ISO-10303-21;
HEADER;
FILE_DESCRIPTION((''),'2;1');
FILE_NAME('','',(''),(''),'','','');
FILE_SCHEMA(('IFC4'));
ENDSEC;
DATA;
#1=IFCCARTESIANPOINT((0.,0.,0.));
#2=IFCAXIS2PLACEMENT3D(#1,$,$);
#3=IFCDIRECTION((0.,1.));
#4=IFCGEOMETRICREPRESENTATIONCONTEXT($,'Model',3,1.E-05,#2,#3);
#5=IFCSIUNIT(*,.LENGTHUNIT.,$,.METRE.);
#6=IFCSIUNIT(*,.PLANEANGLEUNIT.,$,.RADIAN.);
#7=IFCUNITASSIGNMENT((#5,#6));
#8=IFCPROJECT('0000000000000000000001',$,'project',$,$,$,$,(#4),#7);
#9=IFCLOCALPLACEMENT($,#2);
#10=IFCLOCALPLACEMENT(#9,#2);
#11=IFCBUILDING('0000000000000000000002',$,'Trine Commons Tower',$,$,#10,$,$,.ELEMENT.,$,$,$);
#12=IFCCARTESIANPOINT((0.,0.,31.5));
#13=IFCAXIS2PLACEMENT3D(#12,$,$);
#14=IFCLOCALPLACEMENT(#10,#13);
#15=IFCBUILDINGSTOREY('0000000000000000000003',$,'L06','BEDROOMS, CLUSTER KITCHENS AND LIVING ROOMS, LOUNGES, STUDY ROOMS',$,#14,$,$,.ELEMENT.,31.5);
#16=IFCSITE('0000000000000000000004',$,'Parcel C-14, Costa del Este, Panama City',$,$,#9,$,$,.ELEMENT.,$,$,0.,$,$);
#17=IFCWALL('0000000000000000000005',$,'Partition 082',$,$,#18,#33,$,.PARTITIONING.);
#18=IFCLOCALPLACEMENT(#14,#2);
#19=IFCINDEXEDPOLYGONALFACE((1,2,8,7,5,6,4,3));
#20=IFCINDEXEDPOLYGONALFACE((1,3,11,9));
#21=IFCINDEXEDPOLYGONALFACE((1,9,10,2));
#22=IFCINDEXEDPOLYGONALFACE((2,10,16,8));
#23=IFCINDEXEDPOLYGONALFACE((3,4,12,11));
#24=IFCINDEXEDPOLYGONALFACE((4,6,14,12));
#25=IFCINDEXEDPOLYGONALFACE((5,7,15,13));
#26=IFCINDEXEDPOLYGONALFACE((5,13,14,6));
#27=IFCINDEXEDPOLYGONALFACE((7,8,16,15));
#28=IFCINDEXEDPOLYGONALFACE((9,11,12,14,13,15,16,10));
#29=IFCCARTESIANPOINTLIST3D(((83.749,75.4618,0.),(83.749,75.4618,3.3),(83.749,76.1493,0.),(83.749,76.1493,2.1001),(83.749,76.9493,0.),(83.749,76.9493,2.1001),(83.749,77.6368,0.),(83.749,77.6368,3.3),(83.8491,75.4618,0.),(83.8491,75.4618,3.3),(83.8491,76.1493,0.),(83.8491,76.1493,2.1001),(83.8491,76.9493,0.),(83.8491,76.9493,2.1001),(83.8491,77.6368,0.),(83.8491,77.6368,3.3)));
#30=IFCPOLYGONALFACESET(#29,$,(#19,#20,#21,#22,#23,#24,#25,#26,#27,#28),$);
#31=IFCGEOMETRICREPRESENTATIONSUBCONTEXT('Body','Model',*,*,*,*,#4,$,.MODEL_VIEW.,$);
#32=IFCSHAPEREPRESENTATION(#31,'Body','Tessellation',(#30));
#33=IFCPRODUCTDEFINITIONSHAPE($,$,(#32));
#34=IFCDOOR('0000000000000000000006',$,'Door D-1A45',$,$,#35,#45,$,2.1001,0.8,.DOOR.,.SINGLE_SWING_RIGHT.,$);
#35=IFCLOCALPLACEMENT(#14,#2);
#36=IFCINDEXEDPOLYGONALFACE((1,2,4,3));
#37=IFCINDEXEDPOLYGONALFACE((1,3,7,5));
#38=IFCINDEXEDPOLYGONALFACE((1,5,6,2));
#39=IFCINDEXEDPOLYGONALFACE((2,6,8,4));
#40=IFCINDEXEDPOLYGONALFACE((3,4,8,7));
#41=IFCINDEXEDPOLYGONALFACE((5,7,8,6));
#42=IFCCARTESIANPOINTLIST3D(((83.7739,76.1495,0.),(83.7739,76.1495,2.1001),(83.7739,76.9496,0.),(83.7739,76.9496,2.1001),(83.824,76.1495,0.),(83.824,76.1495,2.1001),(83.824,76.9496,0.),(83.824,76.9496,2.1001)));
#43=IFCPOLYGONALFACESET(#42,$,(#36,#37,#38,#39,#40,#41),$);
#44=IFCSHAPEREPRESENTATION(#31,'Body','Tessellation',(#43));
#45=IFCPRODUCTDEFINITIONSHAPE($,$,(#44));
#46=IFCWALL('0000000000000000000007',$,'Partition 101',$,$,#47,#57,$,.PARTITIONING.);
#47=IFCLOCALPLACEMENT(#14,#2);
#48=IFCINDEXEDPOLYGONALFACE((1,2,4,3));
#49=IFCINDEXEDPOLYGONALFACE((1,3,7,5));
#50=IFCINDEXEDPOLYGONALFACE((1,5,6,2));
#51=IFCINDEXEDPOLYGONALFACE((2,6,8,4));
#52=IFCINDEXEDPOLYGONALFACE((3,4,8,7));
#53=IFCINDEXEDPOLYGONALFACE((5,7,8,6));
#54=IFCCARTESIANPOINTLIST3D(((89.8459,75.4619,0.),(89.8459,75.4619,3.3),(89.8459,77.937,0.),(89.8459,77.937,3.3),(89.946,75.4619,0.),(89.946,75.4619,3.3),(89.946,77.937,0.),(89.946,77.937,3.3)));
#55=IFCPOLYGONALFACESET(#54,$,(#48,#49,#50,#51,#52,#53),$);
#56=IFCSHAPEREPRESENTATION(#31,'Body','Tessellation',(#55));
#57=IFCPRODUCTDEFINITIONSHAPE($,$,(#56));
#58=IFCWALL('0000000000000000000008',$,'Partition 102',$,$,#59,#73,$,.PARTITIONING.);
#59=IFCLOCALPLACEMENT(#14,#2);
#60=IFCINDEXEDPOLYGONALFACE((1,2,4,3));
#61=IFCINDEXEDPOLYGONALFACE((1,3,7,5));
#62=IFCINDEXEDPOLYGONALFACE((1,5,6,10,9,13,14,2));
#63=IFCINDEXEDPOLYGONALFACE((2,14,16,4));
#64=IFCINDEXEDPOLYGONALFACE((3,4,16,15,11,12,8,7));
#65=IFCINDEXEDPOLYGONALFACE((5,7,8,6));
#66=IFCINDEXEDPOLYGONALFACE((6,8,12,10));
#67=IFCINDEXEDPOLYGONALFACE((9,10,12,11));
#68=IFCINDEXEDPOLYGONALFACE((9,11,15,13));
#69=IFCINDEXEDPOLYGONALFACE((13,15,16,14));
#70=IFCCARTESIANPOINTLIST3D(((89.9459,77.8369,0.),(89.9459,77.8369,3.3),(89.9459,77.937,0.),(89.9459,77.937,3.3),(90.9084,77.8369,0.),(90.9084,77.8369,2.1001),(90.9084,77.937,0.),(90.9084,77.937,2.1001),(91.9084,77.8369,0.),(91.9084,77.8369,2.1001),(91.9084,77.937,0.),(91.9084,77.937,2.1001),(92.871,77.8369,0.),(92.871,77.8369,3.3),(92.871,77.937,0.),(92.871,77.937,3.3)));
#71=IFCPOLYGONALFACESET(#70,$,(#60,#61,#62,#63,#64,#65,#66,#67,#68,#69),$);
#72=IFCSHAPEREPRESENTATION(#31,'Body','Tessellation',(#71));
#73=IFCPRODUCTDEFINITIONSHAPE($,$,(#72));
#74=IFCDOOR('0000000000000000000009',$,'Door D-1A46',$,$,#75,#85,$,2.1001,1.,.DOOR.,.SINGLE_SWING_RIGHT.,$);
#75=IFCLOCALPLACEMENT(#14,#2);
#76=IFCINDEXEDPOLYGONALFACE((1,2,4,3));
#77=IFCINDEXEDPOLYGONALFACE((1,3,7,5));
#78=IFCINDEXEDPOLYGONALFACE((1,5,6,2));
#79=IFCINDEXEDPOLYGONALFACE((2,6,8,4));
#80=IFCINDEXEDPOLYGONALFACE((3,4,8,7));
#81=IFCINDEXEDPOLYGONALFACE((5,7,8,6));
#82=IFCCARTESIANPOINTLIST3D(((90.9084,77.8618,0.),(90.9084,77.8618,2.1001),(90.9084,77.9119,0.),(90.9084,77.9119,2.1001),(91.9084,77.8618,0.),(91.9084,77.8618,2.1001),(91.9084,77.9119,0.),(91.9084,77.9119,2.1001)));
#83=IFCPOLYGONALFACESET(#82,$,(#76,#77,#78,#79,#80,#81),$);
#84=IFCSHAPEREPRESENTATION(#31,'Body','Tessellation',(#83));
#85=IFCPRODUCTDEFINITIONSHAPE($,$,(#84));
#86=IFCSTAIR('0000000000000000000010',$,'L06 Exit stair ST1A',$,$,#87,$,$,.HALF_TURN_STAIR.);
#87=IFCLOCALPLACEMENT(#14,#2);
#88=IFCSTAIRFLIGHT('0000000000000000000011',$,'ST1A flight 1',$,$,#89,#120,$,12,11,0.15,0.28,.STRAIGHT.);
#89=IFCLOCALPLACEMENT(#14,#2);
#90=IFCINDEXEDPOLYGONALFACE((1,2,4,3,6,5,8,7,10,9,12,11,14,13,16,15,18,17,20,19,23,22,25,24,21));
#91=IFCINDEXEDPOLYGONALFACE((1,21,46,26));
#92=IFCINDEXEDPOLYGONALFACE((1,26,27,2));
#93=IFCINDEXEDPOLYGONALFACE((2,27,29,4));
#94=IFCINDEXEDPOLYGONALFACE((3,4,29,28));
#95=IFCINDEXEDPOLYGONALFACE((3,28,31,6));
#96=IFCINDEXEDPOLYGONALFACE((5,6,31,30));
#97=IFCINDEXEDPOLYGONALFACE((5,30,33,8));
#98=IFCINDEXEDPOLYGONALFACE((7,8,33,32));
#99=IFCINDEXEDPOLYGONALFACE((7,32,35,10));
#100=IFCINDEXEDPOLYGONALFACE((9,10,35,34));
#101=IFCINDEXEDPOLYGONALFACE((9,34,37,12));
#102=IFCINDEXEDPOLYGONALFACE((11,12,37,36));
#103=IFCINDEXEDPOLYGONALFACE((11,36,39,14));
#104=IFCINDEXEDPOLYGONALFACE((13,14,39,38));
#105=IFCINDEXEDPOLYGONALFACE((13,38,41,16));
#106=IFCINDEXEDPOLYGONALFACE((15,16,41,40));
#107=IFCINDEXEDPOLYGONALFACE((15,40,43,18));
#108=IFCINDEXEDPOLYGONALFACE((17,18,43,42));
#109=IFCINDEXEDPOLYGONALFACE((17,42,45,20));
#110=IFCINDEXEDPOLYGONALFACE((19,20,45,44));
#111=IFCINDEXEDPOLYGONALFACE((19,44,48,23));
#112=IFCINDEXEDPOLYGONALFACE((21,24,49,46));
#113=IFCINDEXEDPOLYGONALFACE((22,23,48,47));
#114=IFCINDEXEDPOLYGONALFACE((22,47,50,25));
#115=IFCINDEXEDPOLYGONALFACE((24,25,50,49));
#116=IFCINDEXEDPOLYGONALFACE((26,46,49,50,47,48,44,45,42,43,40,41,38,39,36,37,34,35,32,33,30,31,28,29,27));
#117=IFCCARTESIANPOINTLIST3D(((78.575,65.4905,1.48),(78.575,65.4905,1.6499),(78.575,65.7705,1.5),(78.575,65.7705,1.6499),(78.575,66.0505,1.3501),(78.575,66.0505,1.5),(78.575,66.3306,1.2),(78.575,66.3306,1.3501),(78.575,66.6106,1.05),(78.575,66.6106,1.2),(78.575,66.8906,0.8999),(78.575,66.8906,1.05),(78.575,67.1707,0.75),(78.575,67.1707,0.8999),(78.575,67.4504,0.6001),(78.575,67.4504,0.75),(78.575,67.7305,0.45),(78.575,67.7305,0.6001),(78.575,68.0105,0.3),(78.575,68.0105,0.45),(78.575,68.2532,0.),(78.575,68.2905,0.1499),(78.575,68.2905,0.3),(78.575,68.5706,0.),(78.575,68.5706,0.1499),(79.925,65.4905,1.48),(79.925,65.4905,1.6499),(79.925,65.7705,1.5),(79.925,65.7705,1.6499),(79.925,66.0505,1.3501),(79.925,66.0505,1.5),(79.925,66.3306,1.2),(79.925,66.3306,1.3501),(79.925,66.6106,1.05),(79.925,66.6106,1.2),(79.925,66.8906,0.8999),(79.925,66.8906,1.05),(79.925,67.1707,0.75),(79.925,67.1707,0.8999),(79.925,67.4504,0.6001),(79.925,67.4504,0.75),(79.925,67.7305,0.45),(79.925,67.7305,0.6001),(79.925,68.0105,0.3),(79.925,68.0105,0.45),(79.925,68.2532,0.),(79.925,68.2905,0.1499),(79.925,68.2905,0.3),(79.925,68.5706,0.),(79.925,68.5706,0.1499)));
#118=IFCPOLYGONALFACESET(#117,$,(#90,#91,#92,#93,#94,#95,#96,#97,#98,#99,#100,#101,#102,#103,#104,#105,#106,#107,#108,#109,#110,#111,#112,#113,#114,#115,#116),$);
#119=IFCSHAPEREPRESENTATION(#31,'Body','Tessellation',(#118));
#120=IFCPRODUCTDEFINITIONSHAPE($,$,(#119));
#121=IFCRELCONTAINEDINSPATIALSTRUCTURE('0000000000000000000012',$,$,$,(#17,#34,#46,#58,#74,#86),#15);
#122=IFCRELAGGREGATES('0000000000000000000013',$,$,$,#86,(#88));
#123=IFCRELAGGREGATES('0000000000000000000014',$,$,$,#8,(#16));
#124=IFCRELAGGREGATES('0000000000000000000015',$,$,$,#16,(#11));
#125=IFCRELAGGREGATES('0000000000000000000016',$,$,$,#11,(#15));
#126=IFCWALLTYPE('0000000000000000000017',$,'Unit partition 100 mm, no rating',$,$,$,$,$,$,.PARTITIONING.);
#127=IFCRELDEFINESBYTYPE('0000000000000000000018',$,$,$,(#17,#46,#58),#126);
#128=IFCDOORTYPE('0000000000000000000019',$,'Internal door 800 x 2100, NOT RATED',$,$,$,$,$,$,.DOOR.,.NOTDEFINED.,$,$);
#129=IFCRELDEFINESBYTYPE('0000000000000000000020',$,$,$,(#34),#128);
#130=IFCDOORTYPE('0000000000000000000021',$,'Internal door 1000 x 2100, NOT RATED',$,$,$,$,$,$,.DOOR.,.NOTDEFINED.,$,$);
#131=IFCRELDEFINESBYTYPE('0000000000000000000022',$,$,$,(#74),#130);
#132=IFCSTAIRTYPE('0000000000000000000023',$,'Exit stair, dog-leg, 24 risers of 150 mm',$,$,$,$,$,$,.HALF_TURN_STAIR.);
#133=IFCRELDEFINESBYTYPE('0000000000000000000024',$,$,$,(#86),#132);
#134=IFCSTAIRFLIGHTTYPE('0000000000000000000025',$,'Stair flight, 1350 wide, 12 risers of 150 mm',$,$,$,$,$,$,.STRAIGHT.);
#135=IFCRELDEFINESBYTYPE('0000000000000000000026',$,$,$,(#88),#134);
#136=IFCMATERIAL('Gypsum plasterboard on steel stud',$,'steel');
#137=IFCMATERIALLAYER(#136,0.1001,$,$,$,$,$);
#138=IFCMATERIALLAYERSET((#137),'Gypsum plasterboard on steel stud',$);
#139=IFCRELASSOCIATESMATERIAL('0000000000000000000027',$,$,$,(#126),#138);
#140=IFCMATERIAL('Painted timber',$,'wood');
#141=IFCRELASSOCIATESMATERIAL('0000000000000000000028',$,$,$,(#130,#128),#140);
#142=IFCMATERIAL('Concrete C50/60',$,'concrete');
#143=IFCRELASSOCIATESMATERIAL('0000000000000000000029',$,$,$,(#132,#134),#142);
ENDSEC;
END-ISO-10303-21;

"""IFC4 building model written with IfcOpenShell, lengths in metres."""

from ifc_helpers import new_model, si_unit, direction, frame, frame_2d, origin, place, context, subcontext, project, spatial, polyline, rectangle, outline, extrude, material, layer, layer_set, type_object, element, fill, aggregate, save


model = new_model("IFC4")

# Units and contexts
model_context = context("Model", 3, precision=1e-05, world=origin(), true_north=direction((0.0, 1.0)))
body_context = subcontext(model_context, "Body", "Model", "MODEL_VIEW")
ifc_project = project(units=[si_unit("LENGTHUNIT", "METRE"), si_unit("PLANEANGLEUNIT", "RADIAN")], contexts=[model_context])

# Site, building, storey
site_placement = place(None, origin())
site = spatial("IfcSite", under=ifc_project, at=site_placement, Name="Parcel C-14, Costa del Este, Panama City", CompositionType="ELEMENT", RefElevation=0.0)
building_placement = place(site_placement, origin())
building = spatial("IfcBuilding", under=site, at=building_placement, Name="Trine Commons Tower", CompositionType="ELEMENT")
storey_placement = place(building_placement, frame((0.0, 0.0, 31.5)))
storey = spatial("IfcBuildingStorey", under=building, at=storey_placement, Name="L06", Description="BEDROOMS, CLUSTER KITCHENS AND LIVING ROOMS, LOUNGES, STUDY ROOMS", CompositionType="ELEMENT", Elevation=31.5)

# Shared definitions
ifc_material_1 = material(Name="Concrete C50/60", Category="concrete")

# Shared definitions
ifc_material_2 = material(Name="Gypsum plasterboard on steel stud", Category="steel")

# Shared definitions
ifc_material_3 = material(Name="Painted timber", Category="wood")

# Shared definitions
ifc_layer_1 = layer(ifc_material_2, 0.1001)
ifc_layer_set_1 = layer_set([ifc_layer_1], Name="Gypsum plasterboard on steel stud")
wall_type_1 = type_object("IfcWallType", Name="Unit partition 100 mm, no rating", PredefinedType="PARTITIONING", material=ifc_layer_set_1)
door_type_1 = type_object("IfcDoorType", Name="Internal door 1000 x 2100, NOT RATED", OperationType="NOTDEFINED", PredefinedType="DOOR", material=ifc_material_3)

# Wall, opening, door
wall_1_placement = place(storey_placement, frame((83.7991, 75.4619, 0.0), z_axis=(0.0, 0.0, 1.0), x_axis=(0.0, 1.0, 0.0)))
wall_1 = element("IfcWall", 1, at=wall_1_placement, inside=storey, type_object=wall_type_1, Name="Partition 082", PredefinedType="PARTITIONING", context=body_context, shape_type="SweptSolid", body=[
    extrude(rectangle(XDim=2.175, YDim=0.1001, at=frame_2d((1.0874, 0.0))), origin(), (0.0, 0.0, 1.0), 3.3),
])
opening_1_placement = place(wall_1_placement, frame((0.6875, 0.0, 0.0)))
opening_1 = element("IfcOpeningElement", 2, at=opening_1_placement, cuts=wall_1, PredefinedType="OPENING", context=body_context, shape_type="SweptSolid", body=[
    extrude(rectangle(XDim=0.8, YDim=2.1001, at=frame_2d((0.3999, 1.05))), frame((0.0, 0.0601, 0.0), z_axis=(0.0, -1.0, 0.0), x_axis=(1.0, 0.0, 0.0)), (0.0, 0.0, 1.0), 0.1201),
])
door_type_2 = type_object("IfcDoorType", Name="Internal door 800 x 2100, NOT RATED", OperationType="NOTDEFINED", PredefinedType="DOOR", material=ifc_material_3)
door_1_placement = place(opening_1_placement, frame((0.8, 0.0, 0.0), z_axis=(0.0, 0.0, 1.0), x_axis=(-1.0, 0.0, 0.0)))
door_1 = element("IfcDoor", 3, at=door_1_placement, inside=storey, type_object=door_type_2, Name="Door D-1A45", OperationType="SINGLE_SWING_RIGHT", OverallHeight=2.1001, OverallWidth=0.8, PredefinedType="DOOR", context=body_context, shape_type="SweptSolid", body=[
    extrude(rectangle(XDim=0.8, YDim=2.1001, at=frame_2d((0.3999, 1.05))), frame((0.0, 0.0249, 0.0), z_axis=(0.0, -1.0, 0.0), x_axis=(1.0, 0.0, 0.0)), (0.0, 0.0, 1.0), 0.05),
])
fill(opening_1, door_1)

# Wall
wall_2_placement = place(storey_placement, frame((89.896, 75.4619, 0.0), z_axis=(0.0, 0.0, 1.0), x_axis=(0.0, 1.0, 0.0)))
element("IfcWall", 4, at=wall_2_placement, inside=storey, type_object=wall_type_1, Name="Partition 101", PredefinedType="PARTITIONING", context=body_context, shape_type="SweptSolid", body=[
    extrude(rectangle(XDim=2.4751, YDim=0.1001, at=frame_2d((1.2375, 0.0))), origin(), (0.0, 0.0, 1.0), 3.3),
])

# Wall, opening, door
wall_3_placement = place(storey_placement, frame((89.946, 77.887, 0.0), z_axis=(0.0, 0.0, 1.0), x_axis=(1.0, 0.0, 0.0)))
wall_3 = element("IfcWall", 5, at=wall_3_placement, inside=storey, type_object=wall_type_1, Name="Partition 102", PredefinedType="PARTITIONING", context=body_context, shape_type="SweptSolid", body=[
    extrude(rectangle(XDim=2.925, YDim=0.1001, at=frame_2d((1.4624, 0.0))), origin(), (0.0, 0.0, 1.0), 3.3),
])
opening_2_placement = place(wall_3_placement, frame((0.9624, 0.0, 0.0)))
opening_2 = element("IfcOpeningElement", 6, at=opening_2_placement, cuts=wall_3, PredefinedType="OPENING", context=body_context, shape_type="SweptSolid", body=[
    extrude(rectangle(XDim=1.0, YDim=2.1001, at=frame_2d((0.5, 1.05))), frame((0.0, 0.0601, 0.0), z_axis=(0.0, -1.0, 0.0), x_axis=(1.0, 0.0, 0.0)), (0.0, 0.0, 1.0), 0.1201),
])
door_2_placement = place(opening_2_placement, origin())
door_2 = element("IfcDoor", 7, at=door_2_placement, inside=storey, type_object=door_type_1, Name="Door D-1A46", OperationType="SINGLE_SWING_RIGHT", OverallHeight=2.1001, OverallWidth=1.0, PredefinedType="DOOR", context=body_context, shape_type="SweptSolid", body=[
    extrude(rectangle(XDim=1.0, YDim=2.1001, at=frame_2d((0.5, 1.05))), frame((0.0, 0.0249, 0.0), z_axis=(0.0, -1.0, 0.0), x_axis=(1.0, 0.0, 0.0)), (0.0, 0.0, 1.0), 0.05),
])
fill(opening_2, door_2)

# Stair, stair flight
stair_type = type_object("IfcStairType", Name="Exit stair, dog-leg, 24 risers of 150 mm", PredefinedType="HALF_TURN_STAIR", material=ifc_material_1)
stair_placement = place(storey_placement, origin())
stair = element("IfcStair", 8, at=stair_placement, inside=storey, type_object=stair_type, Name="L06 Exit stair ST1A", PredefinedType="HALF_TURN_STAIR")
stair_flight_type = type_object("IfcStairFlightType", Name="Stair flight, 1350 wide, 12 risers of 150 mm", PredefinedType="STRAIGHT", material=ifc_material_1)
stair_flight_placement = place(storey_placement, frame((79.25, 68.5706, 0.0), z_axis=(0.0, 0.0, 1.0), x_axis=(0.0, -1.0, 0.0)))
stair_flight = element("IfcStairFlight", 9, at=stair_flight_placement, type_object=stair_flight_type, Name="ST1A flight 1", NumberOfRisers=12, NumberOfTreads=11, PredefinedType="STRAIGHT", RiserHeight=0.15, TreadLength=0.28, context=body_context, shape_type="SweptSolid", body=[
    extrude(outline(polyline([(0.0, 0.0), (0.0, 0.1499), (0.28, 0.1499), (0.28, 0.3), (0.5601, 0.3), (0.5601, 0.45), (0.8401, 0.45), (0.8401, 0.6001), (1.1201, 0.6001), (1.1201, 0.75), (1.3999, 0.75), (1.3999, 0.8999), (1.6799, 0.8999), (1.6799, 1.05), (1.96, 1.05), (1.96, 1.2), (2.24, 1.2), (2.24, 1.3501), (2.52, 1.3501), (2.52, 1.5), (2.8, 1.5), (2.8, 1.6499), (3.0801, 1.6499), (3.0801, 1.8), (3.0801, 1.48), (0.3174, 0.0), (0.0, 0.0)])), frame((0.0, 0.675, 0.0), z_axis=(0.0, -1.0, 0.0), x_axis=(1.0, 0.0, 0.0)), (0.0, 0.0, 1.0), 1.3501),
])
aggregate(stair, [stair_flight])

save(model, "model.ifc")
